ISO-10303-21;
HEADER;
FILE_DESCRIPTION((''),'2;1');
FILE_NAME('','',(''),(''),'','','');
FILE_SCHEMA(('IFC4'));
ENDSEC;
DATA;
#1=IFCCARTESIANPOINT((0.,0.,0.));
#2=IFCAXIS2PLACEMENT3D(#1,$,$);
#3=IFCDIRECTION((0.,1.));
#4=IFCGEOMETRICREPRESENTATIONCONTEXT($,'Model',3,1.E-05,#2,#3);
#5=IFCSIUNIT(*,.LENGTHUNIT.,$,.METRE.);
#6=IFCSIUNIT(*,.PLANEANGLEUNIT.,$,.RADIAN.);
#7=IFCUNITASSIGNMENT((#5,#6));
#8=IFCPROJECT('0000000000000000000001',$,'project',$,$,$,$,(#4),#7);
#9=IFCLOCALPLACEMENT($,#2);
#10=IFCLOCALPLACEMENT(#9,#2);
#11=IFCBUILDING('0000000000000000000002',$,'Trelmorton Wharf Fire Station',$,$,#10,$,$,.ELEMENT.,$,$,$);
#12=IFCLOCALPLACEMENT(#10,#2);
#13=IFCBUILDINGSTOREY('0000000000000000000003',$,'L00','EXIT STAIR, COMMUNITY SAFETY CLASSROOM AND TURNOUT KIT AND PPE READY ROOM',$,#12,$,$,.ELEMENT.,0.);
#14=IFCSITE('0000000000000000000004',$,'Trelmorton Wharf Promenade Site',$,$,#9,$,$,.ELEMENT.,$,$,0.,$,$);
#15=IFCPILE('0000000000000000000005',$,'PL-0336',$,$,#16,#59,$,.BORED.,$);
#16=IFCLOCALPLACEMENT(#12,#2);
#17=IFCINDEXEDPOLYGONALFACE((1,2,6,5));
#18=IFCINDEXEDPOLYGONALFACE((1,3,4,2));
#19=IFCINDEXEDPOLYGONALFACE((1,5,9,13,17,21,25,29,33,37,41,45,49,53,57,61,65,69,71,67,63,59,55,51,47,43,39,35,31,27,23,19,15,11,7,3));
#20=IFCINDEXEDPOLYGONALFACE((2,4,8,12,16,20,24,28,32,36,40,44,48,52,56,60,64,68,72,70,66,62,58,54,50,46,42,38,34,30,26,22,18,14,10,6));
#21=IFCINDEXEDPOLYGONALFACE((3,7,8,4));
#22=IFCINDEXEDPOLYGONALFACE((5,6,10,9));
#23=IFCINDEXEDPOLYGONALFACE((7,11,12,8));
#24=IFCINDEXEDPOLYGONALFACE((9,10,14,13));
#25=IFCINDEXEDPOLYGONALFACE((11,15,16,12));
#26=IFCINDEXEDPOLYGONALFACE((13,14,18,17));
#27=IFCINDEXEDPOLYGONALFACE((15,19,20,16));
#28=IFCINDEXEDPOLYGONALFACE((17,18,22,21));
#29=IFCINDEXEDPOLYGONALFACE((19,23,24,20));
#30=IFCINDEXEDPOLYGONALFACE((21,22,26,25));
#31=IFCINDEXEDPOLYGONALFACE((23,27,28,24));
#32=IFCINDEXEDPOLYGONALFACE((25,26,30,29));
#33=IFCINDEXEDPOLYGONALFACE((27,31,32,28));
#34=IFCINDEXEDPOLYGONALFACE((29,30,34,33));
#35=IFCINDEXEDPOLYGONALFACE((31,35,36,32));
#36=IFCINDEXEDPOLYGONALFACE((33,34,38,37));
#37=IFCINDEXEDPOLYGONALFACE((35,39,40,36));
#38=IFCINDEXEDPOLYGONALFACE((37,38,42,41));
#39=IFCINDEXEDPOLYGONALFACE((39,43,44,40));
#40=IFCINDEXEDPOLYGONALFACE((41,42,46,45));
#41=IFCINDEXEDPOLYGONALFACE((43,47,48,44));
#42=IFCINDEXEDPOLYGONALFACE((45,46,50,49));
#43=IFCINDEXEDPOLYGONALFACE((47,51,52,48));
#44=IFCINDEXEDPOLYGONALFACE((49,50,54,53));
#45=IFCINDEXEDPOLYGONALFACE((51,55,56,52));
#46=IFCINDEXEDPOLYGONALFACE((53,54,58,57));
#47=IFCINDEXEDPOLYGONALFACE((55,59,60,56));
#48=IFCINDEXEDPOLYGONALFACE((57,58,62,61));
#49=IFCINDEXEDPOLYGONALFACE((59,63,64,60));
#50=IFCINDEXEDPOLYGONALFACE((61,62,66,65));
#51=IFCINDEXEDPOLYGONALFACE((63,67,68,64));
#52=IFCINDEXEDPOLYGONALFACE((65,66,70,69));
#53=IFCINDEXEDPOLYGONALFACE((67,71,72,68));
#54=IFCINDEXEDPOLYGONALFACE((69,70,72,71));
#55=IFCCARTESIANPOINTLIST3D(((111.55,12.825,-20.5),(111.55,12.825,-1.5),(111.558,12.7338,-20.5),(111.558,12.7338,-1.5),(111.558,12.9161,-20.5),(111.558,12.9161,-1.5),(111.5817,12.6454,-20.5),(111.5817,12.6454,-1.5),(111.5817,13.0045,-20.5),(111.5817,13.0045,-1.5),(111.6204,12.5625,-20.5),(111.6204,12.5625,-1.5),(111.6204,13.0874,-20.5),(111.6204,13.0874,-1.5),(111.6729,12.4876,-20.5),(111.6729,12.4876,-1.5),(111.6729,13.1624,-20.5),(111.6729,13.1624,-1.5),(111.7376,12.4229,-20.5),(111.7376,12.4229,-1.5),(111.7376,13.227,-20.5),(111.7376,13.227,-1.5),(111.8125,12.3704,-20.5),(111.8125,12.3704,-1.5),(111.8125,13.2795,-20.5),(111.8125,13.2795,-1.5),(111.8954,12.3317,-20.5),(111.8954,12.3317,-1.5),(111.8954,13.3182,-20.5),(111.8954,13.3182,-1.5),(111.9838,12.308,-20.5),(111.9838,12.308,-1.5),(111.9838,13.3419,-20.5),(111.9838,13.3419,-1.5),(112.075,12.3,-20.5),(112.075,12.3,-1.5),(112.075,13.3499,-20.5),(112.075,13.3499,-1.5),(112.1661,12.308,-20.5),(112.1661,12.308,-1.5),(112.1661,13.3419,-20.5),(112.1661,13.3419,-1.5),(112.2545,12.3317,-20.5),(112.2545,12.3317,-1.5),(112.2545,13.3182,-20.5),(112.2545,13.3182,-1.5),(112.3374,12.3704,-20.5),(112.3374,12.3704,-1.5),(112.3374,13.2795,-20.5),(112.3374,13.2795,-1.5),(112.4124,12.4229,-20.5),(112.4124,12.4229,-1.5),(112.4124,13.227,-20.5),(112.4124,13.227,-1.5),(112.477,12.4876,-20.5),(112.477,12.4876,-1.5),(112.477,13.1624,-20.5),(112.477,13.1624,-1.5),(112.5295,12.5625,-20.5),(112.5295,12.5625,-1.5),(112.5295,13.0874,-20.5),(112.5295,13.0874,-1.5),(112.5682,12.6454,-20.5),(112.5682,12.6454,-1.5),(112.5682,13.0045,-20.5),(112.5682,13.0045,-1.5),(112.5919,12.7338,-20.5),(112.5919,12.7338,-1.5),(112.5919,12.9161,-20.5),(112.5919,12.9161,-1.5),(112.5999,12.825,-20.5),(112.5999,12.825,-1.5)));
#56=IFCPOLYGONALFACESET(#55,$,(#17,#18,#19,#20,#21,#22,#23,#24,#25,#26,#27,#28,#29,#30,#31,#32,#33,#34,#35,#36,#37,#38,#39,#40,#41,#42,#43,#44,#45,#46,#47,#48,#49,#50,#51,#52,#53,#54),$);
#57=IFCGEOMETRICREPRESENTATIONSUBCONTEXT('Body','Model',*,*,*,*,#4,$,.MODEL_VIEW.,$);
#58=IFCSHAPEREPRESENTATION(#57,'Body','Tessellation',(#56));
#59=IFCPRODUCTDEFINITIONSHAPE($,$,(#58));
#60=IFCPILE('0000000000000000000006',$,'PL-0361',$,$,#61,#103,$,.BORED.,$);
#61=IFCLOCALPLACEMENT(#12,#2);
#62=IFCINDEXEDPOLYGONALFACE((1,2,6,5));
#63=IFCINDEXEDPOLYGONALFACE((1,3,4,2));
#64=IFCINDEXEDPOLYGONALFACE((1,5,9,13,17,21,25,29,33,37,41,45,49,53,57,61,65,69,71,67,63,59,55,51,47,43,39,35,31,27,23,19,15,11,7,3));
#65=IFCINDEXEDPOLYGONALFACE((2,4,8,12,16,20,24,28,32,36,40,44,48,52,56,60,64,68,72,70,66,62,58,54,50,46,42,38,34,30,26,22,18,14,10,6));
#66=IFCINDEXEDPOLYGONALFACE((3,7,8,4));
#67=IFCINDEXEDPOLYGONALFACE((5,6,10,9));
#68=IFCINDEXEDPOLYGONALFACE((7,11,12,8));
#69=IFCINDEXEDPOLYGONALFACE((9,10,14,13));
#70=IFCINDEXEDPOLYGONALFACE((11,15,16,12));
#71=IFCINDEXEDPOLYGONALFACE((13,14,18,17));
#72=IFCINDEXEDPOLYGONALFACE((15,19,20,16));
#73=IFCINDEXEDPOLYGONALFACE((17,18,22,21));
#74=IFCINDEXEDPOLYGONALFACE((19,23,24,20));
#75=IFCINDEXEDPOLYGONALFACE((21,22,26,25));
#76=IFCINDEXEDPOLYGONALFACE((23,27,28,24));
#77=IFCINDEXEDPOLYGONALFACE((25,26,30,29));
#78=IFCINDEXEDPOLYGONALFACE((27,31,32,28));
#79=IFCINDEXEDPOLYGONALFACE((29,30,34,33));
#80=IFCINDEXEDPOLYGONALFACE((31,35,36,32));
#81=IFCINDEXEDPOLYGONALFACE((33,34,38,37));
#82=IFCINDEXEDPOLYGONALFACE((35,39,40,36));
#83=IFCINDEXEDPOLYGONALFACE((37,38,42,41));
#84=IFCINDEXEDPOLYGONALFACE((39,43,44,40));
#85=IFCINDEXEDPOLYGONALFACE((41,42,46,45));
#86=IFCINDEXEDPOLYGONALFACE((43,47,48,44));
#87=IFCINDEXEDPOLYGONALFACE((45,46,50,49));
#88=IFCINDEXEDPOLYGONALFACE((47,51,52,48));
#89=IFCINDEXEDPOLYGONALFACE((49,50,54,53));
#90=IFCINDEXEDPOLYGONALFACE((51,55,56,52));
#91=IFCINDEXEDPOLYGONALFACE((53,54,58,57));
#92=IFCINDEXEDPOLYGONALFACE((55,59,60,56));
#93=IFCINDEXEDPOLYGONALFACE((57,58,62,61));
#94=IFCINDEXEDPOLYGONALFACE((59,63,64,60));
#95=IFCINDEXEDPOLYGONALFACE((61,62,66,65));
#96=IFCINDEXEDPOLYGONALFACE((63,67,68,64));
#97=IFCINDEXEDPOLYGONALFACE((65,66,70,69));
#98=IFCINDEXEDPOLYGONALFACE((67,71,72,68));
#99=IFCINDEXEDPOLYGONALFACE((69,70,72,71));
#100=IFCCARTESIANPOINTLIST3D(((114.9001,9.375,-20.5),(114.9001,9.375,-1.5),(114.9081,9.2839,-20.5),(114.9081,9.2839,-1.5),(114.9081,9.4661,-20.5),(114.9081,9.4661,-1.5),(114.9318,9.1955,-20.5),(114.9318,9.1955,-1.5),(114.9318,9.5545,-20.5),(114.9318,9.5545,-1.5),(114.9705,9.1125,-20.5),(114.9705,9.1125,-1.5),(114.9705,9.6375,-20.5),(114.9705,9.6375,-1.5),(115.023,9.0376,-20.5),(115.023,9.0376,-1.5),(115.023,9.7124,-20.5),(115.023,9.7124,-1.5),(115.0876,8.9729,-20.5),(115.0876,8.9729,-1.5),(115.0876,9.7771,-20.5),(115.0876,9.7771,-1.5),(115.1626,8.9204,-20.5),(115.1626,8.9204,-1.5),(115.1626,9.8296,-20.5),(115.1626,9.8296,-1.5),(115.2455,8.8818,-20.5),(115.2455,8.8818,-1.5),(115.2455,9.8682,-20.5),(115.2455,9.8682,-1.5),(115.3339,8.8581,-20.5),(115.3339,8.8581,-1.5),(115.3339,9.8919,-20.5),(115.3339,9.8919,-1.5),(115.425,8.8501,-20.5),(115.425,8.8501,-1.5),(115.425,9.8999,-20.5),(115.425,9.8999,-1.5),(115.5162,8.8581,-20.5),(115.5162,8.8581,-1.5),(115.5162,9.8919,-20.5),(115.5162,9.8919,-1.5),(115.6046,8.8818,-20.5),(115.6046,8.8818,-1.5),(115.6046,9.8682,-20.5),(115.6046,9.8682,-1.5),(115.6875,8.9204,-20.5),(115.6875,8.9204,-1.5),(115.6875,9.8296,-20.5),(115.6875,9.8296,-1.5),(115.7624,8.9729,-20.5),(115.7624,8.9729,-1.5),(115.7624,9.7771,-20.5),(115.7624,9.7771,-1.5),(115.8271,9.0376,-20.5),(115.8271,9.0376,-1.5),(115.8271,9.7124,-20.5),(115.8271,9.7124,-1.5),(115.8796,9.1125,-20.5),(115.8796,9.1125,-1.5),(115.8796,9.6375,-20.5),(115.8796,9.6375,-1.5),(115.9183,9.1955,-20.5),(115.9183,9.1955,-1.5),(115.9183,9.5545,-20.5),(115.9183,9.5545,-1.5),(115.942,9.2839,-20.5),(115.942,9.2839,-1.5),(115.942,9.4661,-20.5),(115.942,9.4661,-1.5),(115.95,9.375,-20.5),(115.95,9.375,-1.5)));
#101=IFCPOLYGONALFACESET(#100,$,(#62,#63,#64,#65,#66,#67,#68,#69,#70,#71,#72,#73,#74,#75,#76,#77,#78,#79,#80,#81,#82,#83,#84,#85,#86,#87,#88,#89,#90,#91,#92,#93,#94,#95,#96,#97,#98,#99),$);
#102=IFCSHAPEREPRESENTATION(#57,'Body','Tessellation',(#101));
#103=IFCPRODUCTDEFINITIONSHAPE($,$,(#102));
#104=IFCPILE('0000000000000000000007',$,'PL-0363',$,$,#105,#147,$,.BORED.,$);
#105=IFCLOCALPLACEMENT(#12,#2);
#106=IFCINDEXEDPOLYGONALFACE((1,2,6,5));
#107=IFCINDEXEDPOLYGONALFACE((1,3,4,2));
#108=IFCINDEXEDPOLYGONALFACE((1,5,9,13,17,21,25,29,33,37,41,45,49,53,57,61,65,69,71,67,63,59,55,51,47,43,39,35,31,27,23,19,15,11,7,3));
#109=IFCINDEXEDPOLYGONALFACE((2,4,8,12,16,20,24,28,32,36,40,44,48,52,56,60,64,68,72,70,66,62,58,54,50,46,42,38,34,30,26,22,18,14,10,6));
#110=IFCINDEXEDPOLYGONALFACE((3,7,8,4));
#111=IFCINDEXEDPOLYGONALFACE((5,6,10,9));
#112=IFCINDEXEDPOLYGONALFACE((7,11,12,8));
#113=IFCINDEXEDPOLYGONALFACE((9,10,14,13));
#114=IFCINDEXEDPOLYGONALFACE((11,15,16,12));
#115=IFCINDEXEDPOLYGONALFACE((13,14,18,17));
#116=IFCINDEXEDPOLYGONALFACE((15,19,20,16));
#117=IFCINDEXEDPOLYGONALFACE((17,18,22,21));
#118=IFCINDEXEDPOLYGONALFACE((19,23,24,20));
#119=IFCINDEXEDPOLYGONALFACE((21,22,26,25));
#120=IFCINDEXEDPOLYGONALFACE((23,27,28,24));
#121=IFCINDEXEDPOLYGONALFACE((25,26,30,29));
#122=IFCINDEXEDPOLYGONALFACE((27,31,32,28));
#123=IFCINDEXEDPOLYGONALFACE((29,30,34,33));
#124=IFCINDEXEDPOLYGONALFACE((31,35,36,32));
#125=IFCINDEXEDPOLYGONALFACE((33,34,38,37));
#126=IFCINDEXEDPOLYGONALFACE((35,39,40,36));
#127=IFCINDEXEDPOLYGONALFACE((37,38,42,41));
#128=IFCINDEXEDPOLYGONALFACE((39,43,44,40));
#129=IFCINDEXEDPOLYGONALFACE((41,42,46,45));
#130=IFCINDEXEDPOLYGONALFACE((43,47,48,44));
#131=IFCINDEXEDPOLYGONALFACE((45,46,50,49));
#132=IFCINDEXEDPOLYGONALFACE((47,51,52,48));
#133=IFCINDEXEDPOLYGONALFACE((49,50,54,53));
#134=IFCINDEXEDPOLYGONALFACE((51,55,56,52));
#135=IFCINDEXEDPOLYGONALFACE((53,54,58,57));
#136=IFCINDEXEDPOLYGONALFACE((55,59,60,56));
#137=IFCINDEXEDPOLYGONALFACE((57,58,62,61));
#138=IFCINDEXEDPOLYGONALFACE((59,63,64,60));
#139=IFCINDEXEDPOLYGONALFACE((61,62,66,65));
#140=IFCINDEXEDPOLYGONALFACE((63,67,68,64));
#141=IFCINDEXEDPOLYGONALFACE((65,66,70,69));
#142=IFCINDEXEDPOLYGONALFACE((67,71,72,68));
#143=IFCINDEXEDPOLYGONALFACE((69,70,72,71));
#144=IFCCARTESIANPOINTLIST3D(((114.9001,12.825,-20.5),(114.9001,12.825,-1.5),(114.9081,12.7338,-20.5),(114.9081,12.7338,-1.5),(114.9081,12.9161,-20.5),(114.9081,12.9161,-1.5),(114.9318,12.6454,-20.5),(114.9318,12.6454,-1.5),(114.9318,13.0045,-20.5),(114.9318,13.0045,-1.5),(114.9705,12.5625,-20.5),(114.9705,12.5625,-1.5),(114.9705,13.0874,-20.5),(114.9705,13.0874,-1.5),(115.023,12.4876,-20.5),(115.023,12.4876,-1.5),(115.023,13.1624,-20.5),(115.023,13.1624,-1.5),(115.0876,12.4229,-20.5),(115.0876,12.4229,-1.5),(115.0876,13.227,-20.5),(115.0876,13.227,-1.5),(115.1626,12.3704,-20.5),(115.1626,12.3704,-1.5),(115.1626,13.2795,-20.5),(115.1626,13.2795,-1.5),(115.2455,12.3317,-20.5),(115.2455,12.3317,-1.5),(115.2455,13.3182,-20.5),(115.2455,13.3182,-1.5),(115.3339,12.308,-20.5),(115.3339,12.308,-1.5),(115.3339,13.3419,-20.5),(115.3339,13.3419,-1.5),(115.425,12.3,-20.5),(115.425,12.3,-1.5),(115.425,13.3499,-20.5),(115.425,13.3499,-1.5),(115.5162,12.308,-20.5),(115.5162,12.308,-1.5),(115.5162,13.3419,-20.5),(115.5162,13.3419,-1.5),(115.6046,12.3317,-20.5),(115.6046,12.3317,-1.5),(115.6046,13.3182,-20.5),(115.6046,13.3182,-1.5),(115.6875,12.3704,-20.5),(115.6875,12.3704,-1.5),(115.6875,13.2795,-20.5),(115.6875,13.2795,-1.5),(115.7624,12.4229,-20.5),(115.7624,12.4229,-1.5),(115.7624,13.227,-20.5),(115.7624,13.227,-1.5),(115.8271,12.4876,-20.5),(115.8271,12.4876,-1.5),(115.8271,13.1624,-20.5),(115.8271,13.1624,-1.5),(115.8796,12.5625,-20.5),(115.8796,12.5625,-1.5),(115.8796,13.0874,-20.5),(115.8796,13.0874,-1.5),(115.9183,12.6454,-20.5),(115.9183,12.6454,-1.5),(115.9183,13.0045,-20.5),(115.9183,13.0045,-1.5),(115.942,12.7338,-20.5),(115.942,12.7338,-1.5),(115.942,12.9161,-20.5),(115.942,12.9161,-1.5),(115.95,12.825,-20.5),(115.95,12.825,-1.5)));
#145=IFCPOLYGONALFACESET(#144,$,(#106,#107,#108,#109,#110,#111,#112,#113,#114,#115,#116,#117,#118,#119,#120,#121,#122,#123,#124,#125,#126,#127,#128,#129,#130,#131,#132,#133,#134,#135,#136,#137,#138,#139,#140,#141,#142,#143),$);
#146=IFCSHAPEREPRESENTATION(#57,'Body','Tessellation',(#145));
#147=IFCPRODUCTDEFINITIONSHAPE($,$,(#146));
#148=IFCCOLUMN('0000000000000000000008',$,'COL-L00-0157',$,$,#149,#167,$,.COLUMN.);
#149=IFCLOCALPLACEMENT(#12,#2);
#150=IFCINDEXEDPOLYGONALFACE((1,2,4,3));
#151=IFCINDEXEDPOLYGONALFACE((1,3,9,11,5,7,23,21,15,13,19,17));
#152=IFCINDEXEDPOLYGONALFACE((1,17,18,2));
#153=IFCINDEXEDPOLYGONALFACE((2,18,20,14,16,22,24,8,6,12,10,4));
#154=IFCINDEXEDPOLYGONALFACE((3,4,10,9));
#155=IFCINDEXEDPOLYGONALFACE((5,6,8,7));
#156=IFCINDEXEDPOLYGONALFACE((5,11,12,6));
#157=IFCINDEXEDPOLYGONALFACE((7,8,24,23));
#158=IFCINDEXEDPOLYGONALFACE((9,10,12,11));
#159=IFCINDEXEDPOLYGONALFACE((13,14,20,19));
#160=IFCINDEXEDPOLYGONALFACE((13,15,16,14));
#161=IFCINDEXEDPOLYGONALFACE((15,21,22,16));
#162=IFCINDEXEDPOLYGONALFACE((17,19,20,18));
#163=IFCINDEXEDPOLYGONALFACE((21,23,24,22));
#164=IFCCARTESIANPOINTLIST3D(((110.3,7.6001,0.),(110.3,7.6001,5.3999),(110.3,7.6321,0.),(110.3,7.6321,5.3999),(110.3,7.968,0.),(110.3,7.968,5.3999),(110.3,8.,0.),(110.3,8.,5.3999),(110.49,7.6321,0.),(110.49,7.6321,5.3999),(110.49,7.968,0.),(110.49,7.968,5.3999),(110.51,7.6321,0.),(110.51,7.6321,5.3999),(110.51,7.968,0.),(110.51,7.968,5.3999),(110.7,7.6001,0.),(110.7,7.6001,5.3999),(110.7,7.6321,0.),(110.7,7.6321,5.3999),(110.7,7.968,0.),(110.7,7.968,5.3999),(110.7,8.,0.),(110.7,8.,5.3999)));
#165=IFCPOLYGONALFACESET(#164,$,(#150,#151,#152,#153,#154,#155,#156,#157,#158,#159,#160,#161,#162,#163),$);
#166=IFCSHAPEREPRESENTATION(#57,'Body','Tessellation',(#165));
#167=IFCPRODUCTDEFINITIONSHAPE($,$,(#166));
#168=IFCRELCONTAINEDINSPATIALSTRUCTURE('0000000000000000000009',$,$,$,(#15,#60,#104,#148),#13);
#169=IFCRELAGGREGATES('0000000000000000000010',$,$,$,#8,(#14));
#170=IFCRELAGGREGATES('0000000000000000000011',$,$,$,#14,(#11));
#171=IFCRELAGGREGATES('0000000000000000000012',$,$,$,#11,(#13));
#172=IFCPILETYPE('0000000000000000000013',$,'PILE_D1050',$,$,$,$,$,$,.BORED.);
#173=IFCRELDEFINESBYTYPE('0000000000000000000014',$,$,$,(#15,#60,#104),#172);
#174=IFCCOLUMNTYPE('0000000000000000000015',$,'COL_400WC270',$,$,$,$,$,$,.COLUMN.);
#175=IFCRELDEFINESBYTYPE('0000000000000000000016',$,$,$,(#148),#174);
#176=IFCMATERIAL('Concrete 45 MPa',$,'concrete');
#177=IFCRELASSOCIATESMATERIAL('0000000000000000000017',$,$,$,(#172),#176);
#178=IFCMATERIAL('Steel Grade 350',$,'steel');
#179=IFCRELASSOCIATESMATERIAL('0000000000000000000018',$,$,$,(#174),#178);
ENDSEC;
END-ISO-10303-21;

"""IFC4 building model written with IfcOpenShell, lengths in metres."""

from ifc_helpers import new_model, si_unit, direction, frame, origin, origin_2d, place, context, subcontext, project, spatial, circle, i_section, extrude, material, material_profile, profile_set, type_object, element, save


model = new_model("IFC4")

# Units and contexts
model_context = context("Model", 3, precision=1e-05, world=origin(), true_north=direction((0.0, 1.0)))
body_context = subcontext(model_context, "Body", "Model", "MODEL_VIEW")
ifc_project = project(units=[si_unit("LENGTHUNIT", "METRE"), si_unit("PLANEANGLEUNIT", "RADIAN")], contexts=[model_context])

# Site, building, storey
site_placement = place(None, origin())
site = spatial("IfcSite", under=ifc_project, at=site_placement, Name="Trelmorton Wharf Promenade Site", CompositionType="ELEMENT", RefElevation=0.0)
building_placement = place(site_placement, origin())
building = spatial("IfcBuilding", under=site, at=building_placement, Name="Trelmorton Wharf Fire Station", CompositionType="ELEMENT")
storey_placement = place(building_placement, origin())
storey = spatial("IfcBuildingStorey", under=building, at=storey_placement, Name="L00", Description="EXIT STAIR, COMMUNITY SAFETY CLASSROOM AND TURNOUT KIT AND PPE READY ROOM", CompositionType="ELEMENT", Elevation=0.0)

# Piles
ifc_material_1 = material(Name="Concrete 45 MPa", Category="concrete")
ifc_material_profile_1 = material_profile(ifc_material_1, circle(Radius=0.5249, at=origin_2d()), Name="PILE-D1050")
ifc_profile_set_1 = profile_set([ifc_material_profile_1], Name="Concrete 45 MPa")
pile_type = type_object("IfcPileType", Name="PILE_D1050", PredefinedType="BORED", material=ifc_profile_set_1)
for number, where, z_axis, x_axis, name in (
    (1, (112.075, 12.825, -1.5), (0.0, 0.0, -1.0), (1.0, 0.0, 0.0), "PL-0336"),
    (2, (115.425, 9.375, -1.5), (0.0, 0.0, -1.0), (1.0, 0.0, 0.0), "PL-0361"),
    (3, (115.425, 12.825, -1.5), (0.0, 0.0, -1.0), (1.0, 0.0, 0.0), "PL-0363"),
):
    element("IfcPile", number, at=place(storey_placement, frame(where, z_axis=z_axis, x_axis=x_axis)), inside=storey, type_object=pile_type, Name=name, PredefinedType="BORED", context=body_context, shape_type="SweptSolid", body=[
        extrude(circle(Radius=0.5249, at=origin_2d()), origin(), (0.0, 0.0, 1.0), 19.0),
    ])

# Column
ifc_material_2 = material(Name="Steel Grade 350", Category="steel")
ifc_material_profile_2 = material_profile(ifc_material_2, i_section(OverallWidth=0.3999, OverallDepth=0.3999, WebThickness=0.02, FlangeThickness=0.032, at=origin_2d()), Name="400WC270")
ifc_profile_set_2 = profile_set([ifc_material_profile_2], Name="Steel Grade 350")
column_type = type_object("IfcColumnType", Name="COL_400WC270", PredefinedType="COLUMN", material=ifc_profile_set_2)
column_placement = place(storey_placement, frame((110.5, 7.8, 0.0), z_axis=(0.0, 0.0, 1.0), x_axis=(1.0, 0.0, 0.0)))
element("IfcColumn", 4, at=column_placement, inside=storey, type_object=column_type, Name="COL-L00-0157", PredefinedType="COLUMN", context=body_context, shape_type="SweptSolid", body=[
    extrude(i_section(OverallWidth=0.3999, OverallDepth=0.3999, WebThickness=0.02, FlangeThickness=0.032, at=origin_2d()), origin(), (0.0, 0.0, 1.0), 5.3999),
])

save(model, "model.ifc")
